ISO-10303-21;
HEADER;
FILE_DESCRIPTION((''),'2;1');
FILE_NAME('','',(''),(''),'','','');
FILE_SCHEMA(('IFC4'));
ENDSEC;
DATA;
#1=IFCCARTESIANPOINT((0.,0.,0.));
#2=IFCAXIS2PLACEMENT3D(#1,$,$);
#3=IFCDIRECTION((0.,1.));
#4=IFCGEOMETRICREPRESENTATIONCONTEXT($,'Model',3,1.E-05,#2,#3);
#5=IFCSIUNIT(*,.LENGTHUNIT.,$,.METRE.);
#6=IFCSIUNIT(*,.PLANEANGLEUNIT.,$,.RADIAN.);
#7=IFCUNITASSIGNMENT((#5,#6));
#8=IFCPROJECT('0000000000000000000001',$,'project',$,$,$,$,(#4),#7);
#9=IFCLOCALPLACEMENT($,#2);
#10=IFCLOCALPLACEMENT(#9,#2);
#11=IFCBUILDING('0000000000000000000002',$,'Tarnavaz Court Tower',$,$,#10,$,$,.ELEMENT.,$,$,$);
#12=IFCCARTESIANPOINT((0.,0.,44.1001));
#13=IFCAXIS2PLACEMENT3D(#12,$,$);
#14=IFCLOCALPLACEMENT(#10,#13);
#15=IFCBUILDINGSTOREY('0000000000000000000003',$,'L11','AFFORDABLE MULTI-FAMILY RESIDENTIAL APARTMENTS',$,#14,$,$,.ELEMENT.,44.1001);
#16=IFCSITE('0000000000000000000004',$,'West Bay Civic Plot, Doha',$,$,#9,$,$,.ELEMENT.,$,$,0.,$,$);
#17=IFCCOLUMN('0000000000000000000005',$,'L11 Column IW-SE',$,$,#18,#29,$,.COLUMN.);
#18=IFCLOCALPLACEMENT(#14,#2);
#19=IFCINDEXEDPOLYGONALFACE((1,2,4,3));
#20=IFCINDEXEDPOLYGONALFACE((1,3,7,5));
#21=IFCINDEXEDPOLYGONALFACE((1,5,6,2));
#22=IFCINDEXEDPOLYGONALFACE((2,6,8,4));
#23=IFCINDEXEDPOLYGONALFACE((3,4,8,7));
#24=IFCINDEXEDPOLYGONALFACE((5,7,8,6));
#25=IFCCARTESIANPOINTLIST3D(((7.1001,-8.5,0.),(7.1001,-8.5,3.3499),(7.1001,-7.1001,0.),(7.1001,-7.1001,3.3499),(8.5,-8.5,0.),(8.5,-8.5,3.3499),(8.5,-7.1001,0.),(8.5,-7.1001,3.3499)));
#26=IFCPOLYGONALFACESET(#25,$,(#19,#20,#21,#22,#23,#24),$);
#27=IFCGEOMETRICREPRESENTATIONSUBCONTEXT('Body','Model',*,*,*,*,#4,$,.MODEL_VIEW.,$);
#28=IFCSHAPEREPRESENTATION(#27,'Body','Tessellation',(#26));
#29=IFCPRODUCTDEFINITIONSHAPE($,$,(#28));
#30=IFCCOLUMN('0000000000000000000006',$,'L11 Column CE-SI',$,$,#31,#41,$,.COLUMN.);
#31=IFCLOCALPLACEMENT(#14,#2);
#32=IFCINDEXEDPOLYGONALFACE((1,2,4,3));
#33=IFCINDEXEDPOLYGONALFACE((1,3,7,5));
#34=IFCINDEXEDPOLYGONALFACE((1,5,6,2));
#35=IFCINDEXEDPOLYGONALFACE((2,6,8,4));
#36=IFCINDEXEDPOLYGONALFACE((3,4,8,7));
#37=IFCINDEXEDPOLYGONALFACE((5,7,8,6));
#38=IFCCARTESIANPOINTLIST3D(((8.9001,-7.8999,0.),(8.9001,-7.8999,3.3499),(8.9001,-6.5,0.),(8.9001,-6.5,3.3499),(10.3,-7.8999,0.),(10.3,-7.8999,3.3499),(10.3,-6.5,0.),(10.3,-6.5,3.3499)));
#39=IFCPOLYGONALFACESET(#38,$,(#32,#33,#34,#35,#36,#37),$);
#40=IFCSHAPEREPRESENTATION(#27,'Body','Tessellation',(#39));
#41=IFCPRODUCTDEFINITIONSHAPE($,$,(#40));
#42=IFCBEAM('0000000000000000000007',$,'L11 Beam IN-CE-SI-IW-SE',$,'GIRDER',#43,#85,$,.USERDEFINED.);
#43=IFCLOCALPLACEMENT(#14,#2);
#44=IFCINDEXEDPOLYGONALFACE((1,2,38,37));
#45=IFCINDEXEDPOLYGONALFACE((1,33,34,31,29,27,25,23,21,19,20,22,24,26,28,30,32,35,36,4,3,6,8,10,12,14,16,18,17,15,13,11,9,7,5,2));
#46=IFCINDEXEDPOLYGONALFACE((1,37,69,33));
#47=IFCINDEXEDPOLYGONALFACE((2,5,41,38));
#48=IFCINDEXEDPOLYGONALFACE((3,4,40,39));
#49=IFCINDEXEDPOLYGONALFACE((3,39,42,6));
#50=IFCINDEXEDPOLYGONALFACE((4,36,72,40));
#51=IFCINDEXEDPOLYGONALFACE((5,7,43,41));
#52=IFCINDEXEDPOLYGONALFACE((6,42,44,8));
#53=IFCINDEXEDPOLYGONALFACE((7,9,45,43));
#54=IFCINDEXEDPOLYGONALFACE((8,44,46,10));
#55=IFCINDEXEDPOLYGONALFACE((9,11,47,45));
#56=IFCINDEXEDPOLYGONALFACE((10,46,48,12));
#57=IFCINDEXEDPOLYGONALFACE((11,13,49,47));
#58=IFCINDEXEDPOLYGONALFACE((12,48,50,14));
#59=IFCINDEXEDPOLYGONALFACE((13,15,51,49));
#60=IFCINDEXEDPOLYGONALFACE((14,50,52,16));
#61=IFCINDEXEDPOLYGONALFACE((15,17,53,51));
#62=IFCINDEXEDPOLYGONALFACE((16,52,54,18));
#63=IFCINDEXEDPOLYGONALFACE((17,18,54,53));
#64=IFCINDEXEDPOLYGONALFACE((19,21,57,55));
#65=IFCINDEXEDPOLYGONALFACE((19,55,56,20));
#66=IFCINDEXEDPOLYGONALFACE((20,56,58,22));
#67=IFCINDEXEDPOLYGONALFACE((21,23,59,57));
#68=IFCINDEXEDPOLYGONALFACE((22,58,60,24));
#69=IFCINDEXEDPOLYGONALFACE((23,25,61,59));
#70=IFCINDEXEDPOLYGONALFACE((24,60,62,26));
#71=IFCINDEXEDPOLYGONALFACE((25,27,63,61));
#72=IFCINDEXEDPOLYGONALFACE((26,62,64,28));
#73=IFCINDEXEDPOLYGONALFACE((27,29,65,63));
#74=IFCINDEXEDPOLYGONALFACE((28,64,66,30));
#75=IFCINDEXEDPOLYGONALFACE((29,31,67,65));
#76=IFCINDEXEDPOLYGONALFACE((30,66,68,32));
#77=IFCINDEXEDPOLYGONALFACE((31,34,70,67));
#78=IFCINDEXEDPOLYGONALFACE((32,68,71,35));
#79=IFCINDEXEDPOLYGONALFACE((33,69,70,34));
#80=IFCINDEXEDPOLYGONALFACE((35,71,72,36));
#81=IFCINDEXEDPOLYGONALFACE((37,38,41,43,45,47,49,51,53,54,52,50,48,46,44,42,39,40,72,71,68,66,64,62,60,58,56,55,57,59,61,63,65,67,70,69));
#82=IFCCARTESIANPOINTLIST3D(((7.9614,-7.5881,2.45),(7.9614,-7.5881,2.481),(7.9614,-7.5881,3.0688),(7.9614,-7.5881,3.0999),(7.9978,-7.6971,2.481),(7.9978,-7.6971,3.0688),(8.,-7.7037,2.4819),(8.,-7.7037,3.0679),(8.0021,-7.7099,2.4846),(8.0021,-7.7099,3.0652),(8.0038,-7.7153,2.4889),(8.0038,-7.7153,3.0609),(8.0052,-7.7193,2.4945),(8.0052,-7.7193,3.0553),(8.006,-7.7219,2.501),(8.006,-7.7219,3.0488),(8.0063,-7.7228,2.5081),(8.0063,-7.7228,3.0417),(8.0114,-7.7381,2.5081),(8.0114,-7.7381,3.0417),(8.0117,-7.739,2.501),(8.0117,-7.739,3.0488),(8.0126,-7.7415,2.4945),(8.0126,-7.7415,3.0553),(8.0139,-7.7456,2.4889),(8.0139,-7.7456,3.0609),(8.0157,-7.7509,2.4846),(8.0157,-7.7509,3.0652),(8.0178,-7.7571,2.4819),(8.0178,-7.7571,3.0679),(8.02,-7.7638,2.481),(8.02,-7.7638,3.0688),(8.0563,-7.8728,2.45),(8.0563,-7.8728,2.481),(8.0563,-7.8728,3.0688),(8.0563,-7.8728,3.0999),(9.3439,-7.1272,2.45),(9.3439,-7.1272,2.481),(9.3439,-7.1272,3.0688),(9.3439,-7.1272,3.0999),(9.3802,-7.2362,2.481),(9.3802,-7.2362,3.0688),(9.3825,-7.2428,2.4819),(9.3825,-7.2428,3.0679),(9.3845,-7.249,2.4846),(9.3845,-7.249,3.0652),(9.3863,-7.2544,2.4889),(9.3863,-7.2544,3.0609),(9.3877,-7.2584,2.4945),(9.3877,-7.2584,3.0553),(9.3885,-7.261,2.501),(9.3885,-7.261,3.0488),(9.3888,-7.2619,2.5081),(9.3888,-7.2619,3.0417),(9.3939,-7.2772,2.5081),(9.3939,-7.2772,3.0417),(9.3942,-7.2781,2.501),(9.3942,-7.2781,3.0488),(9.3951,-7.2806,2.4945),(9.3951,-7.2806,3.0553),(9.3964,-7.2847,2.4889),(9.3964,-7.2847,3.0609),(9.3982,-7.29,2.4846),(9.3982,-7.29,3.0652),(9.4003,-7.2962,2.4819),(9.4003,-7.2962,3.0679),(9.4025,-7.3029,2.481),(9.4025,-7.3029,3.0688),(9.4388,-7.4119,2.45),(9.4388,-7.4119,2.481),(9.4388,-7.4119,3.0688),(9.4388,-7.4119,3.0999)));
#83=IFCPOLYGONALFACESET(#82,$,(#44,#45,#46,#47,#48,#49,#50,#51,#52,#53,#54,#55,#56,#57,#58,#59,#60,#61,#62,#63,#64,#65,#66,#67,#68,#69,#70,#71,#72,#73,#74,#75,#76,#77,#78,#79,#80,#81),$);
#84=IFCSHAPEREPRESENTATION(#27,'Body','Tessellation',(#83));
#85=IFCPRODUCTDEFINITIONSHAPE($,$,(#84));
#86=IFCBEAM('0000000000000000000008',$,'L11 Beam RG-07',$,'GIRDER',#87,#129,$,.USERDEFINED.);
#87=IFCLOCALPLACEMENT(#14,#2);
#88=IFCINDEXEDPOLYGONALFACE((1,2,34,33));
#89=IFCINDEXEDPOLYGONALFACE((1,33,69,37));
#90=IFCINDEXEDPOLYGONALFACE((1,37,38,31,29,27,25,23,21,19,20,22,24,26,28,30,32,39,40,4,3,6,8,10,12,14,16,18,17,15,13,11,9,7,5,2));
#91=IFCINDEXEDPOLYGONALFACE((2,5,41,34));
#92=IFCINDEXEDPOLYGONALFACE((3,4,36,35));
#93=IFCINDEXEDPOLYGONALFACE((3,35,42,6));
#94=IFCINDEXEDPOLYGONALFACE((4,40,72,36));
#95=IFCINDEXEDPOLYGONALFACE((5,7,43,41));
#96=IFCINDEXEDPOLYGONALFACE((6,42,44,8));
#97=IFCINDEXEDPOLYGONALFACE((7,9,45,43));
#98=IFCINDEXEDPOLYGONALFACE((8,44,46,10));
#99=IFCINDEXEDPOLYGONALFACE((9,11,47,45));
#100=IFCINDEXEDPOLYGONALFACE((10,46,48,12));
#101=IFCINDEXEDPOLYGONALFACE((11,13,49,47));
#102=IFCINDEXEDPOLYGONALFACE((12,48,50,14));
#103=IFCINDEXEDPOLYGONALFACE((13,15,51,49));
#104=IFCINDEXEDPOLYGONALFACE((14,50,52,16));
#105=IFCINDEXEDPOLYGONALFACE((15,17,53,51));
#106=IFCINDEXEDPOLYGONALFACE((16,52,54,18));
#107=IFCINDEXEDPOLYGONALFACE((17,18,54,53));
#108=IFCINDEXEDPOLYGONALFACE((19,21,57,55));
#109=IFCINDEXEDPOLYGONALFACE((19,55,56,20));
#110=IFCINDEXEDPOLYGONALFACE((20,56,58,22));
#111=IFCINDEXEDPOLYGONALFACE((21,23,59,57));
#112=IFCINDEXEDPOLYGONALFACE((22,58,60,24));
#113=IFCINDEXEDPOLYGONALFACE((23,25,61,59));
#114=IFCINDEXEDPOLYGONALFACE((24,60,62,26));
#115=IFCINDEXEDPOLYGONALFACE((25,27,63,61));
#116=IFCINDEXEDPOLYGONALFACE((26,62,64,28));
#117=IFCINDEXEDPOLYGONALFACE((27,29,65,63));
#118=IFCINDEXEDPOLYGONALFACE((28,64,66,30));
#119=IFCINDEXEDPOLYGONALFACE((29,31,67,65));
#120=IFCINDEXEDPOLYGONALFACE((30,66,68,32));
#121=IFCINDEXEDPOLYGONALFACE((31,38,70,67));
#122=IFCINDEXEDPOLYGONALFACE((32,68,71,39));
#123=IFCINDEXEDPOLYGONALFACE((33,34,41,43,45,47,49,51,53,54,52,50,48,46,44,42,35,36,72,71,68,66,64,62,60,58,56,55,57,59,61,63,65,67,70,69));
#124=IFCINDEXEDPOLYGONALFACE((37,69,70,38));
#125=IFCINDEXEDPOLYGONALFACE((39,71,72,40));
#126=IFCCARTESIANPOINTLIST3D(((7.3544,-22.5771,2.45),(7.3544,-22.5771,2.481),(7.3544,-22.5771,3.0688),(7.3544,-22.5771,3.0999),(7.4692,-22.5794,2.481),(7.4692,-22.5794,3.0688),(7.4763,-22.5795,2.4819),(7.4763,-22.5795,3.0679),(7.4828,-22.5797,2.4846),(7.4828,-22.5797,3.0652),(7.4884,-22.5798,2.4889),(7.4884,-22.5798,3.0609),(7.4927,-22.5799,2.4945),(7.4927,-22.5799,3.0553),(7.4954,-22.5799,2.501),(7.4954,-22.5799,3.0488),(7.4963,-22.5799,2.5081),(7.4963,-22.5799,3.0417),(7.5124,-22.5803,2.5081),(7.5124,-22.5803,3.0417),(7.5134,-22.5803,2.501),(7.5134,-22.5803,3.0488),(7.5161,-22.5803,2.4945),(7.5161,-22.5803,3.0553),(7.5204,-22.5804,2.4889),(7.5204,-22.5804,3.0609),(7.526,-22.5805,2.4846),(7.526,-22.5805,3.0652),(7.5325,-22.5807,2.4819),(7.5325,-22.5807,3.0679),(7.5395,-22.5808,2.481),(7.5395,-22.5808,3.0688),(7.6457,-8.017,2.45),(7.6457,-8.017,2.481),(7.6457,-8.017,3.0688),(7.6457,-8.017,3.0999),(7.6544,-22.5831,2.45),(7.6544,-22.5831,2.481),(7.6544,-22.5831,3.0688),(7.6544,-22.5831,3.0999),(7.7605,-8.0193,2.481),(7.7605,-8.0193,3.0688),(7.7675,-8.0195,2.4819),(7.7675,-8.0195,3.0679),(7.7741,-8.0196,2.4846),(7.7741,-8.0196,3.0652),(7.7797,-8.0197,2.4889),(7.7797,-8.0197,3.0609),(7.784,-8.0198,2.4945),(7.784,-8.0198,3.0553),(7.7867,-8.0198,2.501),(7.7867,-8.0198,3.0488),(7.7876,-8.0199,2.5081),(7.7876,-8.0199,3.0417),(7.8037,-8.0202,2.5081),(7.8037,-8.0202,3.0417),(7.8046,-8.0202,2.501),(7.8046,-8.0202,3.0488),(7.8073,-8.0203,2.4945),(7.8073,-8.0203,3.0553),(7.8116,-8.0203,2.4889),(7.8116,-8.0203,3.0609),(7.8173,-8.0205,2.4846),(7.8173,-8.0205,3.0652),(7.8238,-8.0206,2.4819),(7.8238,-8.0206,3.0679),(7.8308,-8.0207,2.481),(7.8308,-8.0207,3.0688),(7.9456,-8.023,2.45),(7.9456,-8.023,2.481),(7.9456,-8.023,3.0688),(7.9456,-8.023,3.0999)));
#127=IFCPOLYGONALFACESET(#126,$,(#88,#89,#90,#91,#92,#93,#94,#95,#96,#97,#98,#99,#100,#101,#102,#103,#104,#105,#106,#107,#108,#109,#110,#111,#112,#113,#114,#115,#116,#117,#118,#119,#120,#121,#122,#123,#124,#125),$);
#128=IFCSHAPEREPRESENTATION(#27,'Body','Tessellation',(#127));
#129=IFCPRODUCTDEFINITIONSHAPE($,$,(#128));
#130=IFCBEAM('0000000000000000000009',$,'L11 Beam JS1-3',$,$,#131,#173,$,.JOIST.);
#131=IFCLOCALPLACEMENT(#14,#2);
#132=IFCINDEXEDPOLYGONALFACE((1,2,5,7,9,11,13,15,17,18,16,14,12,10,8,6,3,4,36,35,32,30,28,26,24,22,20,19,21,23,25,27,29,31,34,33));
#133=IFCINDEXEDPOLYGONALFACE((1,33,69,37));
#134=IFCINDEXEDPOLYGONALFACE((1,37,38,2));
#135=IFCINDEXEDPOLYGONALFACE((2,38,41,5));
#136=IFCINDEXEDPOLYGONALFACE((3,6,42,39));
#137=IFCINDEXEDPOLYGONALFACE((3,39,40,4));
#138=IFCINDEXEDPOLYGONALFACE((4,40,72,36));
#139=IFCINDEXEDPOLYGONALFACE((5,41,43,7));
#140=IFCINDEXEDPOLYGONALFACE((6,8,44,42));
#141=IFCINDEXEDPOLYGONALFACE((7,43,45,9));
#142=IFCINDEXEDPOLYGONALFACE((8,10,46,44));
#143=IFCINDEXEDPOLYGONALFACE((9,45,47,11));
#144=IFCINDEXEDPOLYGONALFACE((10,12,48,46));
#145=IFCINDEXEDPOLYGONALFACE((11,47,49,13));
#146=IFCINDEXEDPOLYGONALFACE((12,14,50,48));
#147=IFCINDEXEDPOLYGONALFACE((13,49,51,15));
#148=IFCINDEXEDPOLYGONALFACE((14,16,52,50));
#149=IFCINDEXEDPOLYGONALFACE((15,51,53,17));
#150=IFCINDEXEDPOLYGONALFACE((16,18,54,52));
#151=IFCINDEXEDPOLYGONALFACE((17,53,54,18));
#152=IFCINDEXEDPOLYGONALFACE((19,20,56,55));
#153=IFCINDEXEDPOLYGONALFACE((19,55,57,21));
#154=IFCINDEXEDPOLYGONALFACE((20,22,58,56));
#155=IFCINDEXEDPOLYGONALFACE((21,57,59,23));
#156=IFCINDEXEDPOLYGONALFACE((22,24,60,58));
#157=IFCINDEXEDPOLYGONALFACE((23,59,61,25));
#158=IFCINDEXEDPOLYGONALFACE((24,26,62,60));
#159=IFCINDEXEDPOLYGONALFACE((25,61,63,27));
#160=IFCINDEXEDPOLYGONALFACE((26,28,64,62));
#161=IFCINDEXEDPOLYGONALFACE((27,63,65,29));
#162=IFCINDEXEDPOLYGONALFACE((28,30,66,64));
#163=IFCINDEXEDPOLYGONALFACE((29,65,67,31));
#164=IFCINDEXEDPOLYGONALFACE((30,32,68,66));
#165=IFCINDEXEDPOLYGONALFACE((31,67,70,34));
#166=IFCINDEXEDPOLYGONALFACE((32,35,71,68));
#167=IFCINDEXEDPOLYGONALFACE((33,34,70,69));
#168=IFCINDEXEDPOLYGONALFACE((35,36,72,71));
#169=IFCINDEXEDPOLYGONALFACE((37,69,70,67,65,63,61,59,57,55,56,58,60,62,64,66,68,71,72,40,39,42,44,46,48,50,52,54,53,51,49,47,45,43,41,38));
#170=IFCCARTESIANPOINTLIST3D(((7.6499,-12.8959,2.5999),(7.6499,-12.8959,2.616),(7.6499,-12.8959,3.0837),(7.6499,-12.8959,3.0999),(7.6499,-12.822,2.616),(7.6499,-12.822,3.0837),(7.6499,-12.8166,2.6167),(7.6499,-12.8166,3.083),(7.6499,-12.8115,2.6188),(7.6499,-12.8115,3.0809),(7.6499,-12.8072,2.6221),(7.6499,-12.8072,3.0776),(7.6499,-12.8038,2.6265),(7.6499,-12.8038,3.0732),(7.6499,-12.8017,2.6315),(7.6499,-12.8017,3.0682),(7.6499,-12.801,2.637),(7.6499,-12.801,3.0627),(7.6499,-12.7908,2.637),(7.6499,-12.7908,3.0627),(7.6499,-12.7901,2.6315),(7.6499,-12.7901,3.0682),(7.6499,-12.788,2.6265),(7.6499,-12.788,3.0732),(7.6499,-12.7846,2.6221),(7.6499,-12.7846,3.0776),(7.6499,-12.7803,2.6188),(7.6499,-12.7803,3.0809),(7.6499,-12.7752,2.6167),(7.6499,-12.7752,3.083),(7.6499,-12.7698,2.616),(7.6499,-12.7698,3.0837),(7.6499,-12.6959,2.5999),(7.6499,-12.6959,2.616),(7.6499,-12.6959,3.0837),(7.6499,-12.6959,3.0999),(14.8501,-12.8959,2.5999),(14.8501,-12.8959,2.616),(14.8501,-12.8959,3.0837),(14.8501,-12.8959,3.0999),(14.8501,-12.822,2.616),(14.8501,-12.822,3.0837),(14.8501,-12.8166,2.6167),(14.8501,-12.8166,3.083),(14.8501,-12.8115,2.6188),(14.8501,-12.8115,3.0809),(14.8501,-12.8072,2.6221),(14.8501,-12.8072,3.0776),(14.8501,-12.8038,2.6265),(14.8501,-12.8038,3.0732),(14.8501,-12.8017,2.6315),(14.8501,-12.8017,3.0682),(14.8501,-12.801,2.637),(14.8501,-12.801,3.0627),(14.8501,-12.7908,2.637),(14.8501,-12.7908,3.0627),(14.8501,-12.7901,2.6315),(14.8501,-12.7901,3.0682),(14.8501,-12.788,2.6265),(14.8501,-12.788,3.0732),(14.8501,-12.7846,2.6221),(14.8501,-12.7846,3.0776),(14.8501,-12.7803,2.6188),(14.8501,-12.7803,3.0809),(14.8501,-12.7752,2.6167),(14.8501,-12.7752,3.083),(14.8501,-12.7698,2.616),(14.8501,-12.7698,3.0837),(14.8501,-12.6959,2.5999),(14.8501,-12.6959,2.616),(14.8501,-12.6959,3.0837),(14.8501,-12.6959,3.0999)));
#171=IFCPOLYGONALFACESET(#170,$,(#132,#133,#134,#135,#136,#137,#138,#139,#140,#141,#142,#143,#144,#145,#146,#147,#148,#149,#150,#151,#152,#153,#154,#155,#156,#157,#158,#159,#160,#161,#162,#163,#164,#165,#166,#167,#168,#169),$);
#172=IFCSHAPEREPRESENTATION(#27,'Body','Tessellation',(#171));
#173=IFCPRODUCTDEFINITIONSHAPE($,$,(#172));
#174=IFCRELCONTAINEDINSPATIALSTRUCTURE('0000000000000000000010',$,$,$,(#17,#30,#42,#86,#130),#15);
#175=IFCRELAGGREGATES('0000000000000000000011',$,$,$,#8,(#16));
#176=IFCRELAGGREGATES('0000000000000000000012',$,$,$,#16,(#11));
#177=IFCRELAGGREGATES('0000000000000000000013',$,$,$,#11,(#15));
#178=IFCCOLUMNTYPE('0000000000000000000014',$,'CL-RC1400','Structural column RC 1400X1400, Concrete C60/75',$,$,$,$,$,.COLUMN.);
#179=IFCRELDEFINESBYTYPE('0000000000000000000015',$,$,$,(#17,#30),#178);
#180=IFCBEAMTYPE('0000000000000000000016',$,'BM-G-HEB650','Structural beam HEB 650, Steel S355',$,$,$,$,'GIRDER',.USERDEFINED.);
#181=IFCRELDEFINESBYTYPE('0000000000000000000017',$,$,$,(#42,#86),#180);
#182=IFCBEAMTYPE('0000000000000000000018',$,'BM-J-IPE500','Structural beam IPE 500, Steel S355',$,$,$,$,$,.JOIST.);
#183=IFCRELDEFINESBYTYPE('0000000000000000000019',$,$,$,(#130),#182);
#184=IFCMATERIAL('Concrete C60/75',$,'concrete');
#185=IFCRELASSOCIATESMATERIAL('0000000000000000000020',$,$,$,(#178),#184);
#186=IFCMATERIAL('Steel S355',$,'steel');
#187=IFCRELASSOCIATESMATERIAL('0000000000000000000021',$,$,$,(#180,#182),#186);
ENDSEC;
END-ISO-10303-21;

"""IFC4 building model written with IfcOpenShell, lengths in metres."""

from ifc_helpers import new_model, si_unit, direction, frame, origin, origin_2d, place, context, subcontext, project, spatial, rectangle, i_section, extrude, material, material_profile, profile_set, type_object, element, save


model = new_model("IFC4")

# Units and contexts
model_context = context("Model", 3, precision=1e-05, world=origin(), true_north=direction((0.0, 1.0)))
body_context = subcontext(model_context, "Body", "Model", "MODEL_VIEW")
ifc_project = project(units=[si_unit("LENGTHUNIT", "METRE"), si_unit("PLANEANGLEUNIT", "RADIAN")], contexts=[model_context])

# Site, building, storey
site_placement = place(None, origin())
site = spatial("IfcSite", under=ifc_project, at=site_placement, Name="West Bay Civic Plot, Doha", CompositionType="ELEMENT", RefElevation=0.0)
building_placement = place(site_placement, origin())
building = spatial("IfcBuilding", under=site, at=building_placement, Name="Tarnavaz Court Tower", CompositionType="ELEMENT")
storey_placement = place(building_placement, frame((0.0, 0.0, 44.1001)))
storey = spatial("IfcBuildingStorey", under=building, at=storey_placement, Name="L11", Description="AFFORDABLE MULTI-FAMILY RESIDENTIAL APARTMENTS", CompositionType="ELEMENT", Elevation=44.1001)

# Columns
ifc_material_1 = material(Name="Concrete C60/75", Category="concrete")
ifc_material_profile_1 = material_profile(ifc_material_1, rectangle(XDim=1.3999, YDim=1.3999, at=origin_2d()), Name="RC 1400X1400")
ifc_profile_set_1 = profile_set([ifc_material_profile_1], Name="Concrete C60/75")
column_type = type_object("IfcColumnType", Name="CL-RC1400", Description="Structural column RC 1400X1400, Concrete C60/75", PredefinedType="COLUMN", material=ifc_profile_set_1)
for number, where, z_axis, x_axis, name in (
    (1, (7.8, -7.8, 0.0), (0.0, 0.0, 1.0), (1.0, 0.0, 0.0), "L11 Column IW-SE"),
    (2, (9.6001, -7.2, 0.0), (0.0, 0.0, 1.0), (1.0, 0.0, 0.0), "L11 Column CE-SI"),
):
    element("IfcColumn", number, at=place(storey_placement, frame(where, z_axis=z_axis, x_axis=x_axis)), inside=storey, type_object=column_type, Name=name, PredefinedType="COLUMN", context=body_context, shape_type="SweptSolid", body=[
        extrude(rectangle(XDim=1.3999, YDim=1.3999, at=origin_2d()), origin(), (0.0, 0.0, 1.0), 3.3499),
    ])

# Beams
ifc_material_2 = material(Name="Steel S355", Category="steel")
ifc_material_profile_2 = material_profile(ifc_material_2, i_section(OverallWidth=0.3, OverallDepth=0.6499, WebThickness=0.0161, FlangeThickness=0.031, FilletRadius=0.0271, at=origin_2d()), Name="HEB 650")
ifc_profile_set_2 = profile_set([ifc_material_profile_2], Name="Steel S355")
beam_type_1 = type_object("IfcBeamType", Name="BM-G-HEB650", Description="Structural beam HEB 650, Steel S355", ElementType="GIRDER", PredefinedType="USERDEFINED", material=ifc_profile_set_2)
beam_1_placement = place(storey_placement, frame((9.3914, -7.2695, 2.7749), z_axis=(-0.948667, -0.316278, 0.0), x_axis=(0.316278, -0.948667, 0.0)))
element("IfcBeam", 3, at=beam_1_placement, inside=storey, type_object=beam_type_1, Name="L11 Beam IN-CE-SI-IW-SE", ObjectType="GIRDER", PredefinedType="USERDEFINED", context=body_context, shape_type="SweptSolid", body=[
    extrude(i_section(OverallWidth=0.3, OverallDepth=0.6499, WebThickness=0.0161, FlangeThickness=0.031, FilletRadius=0.0271, at=origin_2d()), origin(), (0.0, 0.0, 1.0), 1.4573),
])
beam_2_placement = place(storey_placement, frame((7.7957, -8.02, 2.7749), z_axis=(-0.02, -0.9998, 0.0), x_axis=(0.9998, -0.02, 0.0)))
element("IfcBeam", 4, at=beam_2_placement, inside=storey, type_object=beam_type_1, Name="L11 Beam RG-07", ObjectType="GIRDER", PredefinedType="USERDEFINED", context=body_context, shape_type="SweptSolid", body=[
    extrude(i_section(OverallWidth=0.3, OverallDepth=0.6499, WebThickness=0.0161, FlangeThickness=0.031, FilletRadius=0.0271, at=origin_2d()), origin(), (0.0, 0.0, 1.0), 14.563),
])
ifc_material_profile_3 = material_profile(ifc_material_2, i_section(OverallWidth=0.2, OverallDepth=0.5, WebThickness=0.0103, FlangeThickness=0.0161, FilletRadius=0.021, at=origin_2d()), Name="IPE 500")
ifc_profile_set_3 = profile_set([ifc_material_profile_3], Name="Steel S355")
beam_type_2 = type_object("IfcBeamType", Name="BM-J-IPE500", Description="Structural beam IPE 500, Steel S355", PredefinedType="JOIST", material=ifc_profile_set_3)
beam_3_placement = place(storey_placement, frame((7.6499, -12.7959, 2.8499), z_axis=(1.0, 0.0, 0.0), x_axis=(0.0, 1.0, 0.0)))
element("IfcBeam", 5, at=beam_3_placement, inside=storey, type_object=beam_type_2, Name="L11 Beam JS1-3", PredefinedType="JOIST", context=body_context, shape_type="SweptSolid", body=[
    extrude(i_section(OverallWidth=0.2, OverallDepth=0.5, WebThickness=0.0103, FlangeThickness=0.0161, FilletRadius=0.021, at=origin_2d()), origin(), (0.0, 0.0, 1.0), 7.2002),
])

save(model, "model.ifc")
